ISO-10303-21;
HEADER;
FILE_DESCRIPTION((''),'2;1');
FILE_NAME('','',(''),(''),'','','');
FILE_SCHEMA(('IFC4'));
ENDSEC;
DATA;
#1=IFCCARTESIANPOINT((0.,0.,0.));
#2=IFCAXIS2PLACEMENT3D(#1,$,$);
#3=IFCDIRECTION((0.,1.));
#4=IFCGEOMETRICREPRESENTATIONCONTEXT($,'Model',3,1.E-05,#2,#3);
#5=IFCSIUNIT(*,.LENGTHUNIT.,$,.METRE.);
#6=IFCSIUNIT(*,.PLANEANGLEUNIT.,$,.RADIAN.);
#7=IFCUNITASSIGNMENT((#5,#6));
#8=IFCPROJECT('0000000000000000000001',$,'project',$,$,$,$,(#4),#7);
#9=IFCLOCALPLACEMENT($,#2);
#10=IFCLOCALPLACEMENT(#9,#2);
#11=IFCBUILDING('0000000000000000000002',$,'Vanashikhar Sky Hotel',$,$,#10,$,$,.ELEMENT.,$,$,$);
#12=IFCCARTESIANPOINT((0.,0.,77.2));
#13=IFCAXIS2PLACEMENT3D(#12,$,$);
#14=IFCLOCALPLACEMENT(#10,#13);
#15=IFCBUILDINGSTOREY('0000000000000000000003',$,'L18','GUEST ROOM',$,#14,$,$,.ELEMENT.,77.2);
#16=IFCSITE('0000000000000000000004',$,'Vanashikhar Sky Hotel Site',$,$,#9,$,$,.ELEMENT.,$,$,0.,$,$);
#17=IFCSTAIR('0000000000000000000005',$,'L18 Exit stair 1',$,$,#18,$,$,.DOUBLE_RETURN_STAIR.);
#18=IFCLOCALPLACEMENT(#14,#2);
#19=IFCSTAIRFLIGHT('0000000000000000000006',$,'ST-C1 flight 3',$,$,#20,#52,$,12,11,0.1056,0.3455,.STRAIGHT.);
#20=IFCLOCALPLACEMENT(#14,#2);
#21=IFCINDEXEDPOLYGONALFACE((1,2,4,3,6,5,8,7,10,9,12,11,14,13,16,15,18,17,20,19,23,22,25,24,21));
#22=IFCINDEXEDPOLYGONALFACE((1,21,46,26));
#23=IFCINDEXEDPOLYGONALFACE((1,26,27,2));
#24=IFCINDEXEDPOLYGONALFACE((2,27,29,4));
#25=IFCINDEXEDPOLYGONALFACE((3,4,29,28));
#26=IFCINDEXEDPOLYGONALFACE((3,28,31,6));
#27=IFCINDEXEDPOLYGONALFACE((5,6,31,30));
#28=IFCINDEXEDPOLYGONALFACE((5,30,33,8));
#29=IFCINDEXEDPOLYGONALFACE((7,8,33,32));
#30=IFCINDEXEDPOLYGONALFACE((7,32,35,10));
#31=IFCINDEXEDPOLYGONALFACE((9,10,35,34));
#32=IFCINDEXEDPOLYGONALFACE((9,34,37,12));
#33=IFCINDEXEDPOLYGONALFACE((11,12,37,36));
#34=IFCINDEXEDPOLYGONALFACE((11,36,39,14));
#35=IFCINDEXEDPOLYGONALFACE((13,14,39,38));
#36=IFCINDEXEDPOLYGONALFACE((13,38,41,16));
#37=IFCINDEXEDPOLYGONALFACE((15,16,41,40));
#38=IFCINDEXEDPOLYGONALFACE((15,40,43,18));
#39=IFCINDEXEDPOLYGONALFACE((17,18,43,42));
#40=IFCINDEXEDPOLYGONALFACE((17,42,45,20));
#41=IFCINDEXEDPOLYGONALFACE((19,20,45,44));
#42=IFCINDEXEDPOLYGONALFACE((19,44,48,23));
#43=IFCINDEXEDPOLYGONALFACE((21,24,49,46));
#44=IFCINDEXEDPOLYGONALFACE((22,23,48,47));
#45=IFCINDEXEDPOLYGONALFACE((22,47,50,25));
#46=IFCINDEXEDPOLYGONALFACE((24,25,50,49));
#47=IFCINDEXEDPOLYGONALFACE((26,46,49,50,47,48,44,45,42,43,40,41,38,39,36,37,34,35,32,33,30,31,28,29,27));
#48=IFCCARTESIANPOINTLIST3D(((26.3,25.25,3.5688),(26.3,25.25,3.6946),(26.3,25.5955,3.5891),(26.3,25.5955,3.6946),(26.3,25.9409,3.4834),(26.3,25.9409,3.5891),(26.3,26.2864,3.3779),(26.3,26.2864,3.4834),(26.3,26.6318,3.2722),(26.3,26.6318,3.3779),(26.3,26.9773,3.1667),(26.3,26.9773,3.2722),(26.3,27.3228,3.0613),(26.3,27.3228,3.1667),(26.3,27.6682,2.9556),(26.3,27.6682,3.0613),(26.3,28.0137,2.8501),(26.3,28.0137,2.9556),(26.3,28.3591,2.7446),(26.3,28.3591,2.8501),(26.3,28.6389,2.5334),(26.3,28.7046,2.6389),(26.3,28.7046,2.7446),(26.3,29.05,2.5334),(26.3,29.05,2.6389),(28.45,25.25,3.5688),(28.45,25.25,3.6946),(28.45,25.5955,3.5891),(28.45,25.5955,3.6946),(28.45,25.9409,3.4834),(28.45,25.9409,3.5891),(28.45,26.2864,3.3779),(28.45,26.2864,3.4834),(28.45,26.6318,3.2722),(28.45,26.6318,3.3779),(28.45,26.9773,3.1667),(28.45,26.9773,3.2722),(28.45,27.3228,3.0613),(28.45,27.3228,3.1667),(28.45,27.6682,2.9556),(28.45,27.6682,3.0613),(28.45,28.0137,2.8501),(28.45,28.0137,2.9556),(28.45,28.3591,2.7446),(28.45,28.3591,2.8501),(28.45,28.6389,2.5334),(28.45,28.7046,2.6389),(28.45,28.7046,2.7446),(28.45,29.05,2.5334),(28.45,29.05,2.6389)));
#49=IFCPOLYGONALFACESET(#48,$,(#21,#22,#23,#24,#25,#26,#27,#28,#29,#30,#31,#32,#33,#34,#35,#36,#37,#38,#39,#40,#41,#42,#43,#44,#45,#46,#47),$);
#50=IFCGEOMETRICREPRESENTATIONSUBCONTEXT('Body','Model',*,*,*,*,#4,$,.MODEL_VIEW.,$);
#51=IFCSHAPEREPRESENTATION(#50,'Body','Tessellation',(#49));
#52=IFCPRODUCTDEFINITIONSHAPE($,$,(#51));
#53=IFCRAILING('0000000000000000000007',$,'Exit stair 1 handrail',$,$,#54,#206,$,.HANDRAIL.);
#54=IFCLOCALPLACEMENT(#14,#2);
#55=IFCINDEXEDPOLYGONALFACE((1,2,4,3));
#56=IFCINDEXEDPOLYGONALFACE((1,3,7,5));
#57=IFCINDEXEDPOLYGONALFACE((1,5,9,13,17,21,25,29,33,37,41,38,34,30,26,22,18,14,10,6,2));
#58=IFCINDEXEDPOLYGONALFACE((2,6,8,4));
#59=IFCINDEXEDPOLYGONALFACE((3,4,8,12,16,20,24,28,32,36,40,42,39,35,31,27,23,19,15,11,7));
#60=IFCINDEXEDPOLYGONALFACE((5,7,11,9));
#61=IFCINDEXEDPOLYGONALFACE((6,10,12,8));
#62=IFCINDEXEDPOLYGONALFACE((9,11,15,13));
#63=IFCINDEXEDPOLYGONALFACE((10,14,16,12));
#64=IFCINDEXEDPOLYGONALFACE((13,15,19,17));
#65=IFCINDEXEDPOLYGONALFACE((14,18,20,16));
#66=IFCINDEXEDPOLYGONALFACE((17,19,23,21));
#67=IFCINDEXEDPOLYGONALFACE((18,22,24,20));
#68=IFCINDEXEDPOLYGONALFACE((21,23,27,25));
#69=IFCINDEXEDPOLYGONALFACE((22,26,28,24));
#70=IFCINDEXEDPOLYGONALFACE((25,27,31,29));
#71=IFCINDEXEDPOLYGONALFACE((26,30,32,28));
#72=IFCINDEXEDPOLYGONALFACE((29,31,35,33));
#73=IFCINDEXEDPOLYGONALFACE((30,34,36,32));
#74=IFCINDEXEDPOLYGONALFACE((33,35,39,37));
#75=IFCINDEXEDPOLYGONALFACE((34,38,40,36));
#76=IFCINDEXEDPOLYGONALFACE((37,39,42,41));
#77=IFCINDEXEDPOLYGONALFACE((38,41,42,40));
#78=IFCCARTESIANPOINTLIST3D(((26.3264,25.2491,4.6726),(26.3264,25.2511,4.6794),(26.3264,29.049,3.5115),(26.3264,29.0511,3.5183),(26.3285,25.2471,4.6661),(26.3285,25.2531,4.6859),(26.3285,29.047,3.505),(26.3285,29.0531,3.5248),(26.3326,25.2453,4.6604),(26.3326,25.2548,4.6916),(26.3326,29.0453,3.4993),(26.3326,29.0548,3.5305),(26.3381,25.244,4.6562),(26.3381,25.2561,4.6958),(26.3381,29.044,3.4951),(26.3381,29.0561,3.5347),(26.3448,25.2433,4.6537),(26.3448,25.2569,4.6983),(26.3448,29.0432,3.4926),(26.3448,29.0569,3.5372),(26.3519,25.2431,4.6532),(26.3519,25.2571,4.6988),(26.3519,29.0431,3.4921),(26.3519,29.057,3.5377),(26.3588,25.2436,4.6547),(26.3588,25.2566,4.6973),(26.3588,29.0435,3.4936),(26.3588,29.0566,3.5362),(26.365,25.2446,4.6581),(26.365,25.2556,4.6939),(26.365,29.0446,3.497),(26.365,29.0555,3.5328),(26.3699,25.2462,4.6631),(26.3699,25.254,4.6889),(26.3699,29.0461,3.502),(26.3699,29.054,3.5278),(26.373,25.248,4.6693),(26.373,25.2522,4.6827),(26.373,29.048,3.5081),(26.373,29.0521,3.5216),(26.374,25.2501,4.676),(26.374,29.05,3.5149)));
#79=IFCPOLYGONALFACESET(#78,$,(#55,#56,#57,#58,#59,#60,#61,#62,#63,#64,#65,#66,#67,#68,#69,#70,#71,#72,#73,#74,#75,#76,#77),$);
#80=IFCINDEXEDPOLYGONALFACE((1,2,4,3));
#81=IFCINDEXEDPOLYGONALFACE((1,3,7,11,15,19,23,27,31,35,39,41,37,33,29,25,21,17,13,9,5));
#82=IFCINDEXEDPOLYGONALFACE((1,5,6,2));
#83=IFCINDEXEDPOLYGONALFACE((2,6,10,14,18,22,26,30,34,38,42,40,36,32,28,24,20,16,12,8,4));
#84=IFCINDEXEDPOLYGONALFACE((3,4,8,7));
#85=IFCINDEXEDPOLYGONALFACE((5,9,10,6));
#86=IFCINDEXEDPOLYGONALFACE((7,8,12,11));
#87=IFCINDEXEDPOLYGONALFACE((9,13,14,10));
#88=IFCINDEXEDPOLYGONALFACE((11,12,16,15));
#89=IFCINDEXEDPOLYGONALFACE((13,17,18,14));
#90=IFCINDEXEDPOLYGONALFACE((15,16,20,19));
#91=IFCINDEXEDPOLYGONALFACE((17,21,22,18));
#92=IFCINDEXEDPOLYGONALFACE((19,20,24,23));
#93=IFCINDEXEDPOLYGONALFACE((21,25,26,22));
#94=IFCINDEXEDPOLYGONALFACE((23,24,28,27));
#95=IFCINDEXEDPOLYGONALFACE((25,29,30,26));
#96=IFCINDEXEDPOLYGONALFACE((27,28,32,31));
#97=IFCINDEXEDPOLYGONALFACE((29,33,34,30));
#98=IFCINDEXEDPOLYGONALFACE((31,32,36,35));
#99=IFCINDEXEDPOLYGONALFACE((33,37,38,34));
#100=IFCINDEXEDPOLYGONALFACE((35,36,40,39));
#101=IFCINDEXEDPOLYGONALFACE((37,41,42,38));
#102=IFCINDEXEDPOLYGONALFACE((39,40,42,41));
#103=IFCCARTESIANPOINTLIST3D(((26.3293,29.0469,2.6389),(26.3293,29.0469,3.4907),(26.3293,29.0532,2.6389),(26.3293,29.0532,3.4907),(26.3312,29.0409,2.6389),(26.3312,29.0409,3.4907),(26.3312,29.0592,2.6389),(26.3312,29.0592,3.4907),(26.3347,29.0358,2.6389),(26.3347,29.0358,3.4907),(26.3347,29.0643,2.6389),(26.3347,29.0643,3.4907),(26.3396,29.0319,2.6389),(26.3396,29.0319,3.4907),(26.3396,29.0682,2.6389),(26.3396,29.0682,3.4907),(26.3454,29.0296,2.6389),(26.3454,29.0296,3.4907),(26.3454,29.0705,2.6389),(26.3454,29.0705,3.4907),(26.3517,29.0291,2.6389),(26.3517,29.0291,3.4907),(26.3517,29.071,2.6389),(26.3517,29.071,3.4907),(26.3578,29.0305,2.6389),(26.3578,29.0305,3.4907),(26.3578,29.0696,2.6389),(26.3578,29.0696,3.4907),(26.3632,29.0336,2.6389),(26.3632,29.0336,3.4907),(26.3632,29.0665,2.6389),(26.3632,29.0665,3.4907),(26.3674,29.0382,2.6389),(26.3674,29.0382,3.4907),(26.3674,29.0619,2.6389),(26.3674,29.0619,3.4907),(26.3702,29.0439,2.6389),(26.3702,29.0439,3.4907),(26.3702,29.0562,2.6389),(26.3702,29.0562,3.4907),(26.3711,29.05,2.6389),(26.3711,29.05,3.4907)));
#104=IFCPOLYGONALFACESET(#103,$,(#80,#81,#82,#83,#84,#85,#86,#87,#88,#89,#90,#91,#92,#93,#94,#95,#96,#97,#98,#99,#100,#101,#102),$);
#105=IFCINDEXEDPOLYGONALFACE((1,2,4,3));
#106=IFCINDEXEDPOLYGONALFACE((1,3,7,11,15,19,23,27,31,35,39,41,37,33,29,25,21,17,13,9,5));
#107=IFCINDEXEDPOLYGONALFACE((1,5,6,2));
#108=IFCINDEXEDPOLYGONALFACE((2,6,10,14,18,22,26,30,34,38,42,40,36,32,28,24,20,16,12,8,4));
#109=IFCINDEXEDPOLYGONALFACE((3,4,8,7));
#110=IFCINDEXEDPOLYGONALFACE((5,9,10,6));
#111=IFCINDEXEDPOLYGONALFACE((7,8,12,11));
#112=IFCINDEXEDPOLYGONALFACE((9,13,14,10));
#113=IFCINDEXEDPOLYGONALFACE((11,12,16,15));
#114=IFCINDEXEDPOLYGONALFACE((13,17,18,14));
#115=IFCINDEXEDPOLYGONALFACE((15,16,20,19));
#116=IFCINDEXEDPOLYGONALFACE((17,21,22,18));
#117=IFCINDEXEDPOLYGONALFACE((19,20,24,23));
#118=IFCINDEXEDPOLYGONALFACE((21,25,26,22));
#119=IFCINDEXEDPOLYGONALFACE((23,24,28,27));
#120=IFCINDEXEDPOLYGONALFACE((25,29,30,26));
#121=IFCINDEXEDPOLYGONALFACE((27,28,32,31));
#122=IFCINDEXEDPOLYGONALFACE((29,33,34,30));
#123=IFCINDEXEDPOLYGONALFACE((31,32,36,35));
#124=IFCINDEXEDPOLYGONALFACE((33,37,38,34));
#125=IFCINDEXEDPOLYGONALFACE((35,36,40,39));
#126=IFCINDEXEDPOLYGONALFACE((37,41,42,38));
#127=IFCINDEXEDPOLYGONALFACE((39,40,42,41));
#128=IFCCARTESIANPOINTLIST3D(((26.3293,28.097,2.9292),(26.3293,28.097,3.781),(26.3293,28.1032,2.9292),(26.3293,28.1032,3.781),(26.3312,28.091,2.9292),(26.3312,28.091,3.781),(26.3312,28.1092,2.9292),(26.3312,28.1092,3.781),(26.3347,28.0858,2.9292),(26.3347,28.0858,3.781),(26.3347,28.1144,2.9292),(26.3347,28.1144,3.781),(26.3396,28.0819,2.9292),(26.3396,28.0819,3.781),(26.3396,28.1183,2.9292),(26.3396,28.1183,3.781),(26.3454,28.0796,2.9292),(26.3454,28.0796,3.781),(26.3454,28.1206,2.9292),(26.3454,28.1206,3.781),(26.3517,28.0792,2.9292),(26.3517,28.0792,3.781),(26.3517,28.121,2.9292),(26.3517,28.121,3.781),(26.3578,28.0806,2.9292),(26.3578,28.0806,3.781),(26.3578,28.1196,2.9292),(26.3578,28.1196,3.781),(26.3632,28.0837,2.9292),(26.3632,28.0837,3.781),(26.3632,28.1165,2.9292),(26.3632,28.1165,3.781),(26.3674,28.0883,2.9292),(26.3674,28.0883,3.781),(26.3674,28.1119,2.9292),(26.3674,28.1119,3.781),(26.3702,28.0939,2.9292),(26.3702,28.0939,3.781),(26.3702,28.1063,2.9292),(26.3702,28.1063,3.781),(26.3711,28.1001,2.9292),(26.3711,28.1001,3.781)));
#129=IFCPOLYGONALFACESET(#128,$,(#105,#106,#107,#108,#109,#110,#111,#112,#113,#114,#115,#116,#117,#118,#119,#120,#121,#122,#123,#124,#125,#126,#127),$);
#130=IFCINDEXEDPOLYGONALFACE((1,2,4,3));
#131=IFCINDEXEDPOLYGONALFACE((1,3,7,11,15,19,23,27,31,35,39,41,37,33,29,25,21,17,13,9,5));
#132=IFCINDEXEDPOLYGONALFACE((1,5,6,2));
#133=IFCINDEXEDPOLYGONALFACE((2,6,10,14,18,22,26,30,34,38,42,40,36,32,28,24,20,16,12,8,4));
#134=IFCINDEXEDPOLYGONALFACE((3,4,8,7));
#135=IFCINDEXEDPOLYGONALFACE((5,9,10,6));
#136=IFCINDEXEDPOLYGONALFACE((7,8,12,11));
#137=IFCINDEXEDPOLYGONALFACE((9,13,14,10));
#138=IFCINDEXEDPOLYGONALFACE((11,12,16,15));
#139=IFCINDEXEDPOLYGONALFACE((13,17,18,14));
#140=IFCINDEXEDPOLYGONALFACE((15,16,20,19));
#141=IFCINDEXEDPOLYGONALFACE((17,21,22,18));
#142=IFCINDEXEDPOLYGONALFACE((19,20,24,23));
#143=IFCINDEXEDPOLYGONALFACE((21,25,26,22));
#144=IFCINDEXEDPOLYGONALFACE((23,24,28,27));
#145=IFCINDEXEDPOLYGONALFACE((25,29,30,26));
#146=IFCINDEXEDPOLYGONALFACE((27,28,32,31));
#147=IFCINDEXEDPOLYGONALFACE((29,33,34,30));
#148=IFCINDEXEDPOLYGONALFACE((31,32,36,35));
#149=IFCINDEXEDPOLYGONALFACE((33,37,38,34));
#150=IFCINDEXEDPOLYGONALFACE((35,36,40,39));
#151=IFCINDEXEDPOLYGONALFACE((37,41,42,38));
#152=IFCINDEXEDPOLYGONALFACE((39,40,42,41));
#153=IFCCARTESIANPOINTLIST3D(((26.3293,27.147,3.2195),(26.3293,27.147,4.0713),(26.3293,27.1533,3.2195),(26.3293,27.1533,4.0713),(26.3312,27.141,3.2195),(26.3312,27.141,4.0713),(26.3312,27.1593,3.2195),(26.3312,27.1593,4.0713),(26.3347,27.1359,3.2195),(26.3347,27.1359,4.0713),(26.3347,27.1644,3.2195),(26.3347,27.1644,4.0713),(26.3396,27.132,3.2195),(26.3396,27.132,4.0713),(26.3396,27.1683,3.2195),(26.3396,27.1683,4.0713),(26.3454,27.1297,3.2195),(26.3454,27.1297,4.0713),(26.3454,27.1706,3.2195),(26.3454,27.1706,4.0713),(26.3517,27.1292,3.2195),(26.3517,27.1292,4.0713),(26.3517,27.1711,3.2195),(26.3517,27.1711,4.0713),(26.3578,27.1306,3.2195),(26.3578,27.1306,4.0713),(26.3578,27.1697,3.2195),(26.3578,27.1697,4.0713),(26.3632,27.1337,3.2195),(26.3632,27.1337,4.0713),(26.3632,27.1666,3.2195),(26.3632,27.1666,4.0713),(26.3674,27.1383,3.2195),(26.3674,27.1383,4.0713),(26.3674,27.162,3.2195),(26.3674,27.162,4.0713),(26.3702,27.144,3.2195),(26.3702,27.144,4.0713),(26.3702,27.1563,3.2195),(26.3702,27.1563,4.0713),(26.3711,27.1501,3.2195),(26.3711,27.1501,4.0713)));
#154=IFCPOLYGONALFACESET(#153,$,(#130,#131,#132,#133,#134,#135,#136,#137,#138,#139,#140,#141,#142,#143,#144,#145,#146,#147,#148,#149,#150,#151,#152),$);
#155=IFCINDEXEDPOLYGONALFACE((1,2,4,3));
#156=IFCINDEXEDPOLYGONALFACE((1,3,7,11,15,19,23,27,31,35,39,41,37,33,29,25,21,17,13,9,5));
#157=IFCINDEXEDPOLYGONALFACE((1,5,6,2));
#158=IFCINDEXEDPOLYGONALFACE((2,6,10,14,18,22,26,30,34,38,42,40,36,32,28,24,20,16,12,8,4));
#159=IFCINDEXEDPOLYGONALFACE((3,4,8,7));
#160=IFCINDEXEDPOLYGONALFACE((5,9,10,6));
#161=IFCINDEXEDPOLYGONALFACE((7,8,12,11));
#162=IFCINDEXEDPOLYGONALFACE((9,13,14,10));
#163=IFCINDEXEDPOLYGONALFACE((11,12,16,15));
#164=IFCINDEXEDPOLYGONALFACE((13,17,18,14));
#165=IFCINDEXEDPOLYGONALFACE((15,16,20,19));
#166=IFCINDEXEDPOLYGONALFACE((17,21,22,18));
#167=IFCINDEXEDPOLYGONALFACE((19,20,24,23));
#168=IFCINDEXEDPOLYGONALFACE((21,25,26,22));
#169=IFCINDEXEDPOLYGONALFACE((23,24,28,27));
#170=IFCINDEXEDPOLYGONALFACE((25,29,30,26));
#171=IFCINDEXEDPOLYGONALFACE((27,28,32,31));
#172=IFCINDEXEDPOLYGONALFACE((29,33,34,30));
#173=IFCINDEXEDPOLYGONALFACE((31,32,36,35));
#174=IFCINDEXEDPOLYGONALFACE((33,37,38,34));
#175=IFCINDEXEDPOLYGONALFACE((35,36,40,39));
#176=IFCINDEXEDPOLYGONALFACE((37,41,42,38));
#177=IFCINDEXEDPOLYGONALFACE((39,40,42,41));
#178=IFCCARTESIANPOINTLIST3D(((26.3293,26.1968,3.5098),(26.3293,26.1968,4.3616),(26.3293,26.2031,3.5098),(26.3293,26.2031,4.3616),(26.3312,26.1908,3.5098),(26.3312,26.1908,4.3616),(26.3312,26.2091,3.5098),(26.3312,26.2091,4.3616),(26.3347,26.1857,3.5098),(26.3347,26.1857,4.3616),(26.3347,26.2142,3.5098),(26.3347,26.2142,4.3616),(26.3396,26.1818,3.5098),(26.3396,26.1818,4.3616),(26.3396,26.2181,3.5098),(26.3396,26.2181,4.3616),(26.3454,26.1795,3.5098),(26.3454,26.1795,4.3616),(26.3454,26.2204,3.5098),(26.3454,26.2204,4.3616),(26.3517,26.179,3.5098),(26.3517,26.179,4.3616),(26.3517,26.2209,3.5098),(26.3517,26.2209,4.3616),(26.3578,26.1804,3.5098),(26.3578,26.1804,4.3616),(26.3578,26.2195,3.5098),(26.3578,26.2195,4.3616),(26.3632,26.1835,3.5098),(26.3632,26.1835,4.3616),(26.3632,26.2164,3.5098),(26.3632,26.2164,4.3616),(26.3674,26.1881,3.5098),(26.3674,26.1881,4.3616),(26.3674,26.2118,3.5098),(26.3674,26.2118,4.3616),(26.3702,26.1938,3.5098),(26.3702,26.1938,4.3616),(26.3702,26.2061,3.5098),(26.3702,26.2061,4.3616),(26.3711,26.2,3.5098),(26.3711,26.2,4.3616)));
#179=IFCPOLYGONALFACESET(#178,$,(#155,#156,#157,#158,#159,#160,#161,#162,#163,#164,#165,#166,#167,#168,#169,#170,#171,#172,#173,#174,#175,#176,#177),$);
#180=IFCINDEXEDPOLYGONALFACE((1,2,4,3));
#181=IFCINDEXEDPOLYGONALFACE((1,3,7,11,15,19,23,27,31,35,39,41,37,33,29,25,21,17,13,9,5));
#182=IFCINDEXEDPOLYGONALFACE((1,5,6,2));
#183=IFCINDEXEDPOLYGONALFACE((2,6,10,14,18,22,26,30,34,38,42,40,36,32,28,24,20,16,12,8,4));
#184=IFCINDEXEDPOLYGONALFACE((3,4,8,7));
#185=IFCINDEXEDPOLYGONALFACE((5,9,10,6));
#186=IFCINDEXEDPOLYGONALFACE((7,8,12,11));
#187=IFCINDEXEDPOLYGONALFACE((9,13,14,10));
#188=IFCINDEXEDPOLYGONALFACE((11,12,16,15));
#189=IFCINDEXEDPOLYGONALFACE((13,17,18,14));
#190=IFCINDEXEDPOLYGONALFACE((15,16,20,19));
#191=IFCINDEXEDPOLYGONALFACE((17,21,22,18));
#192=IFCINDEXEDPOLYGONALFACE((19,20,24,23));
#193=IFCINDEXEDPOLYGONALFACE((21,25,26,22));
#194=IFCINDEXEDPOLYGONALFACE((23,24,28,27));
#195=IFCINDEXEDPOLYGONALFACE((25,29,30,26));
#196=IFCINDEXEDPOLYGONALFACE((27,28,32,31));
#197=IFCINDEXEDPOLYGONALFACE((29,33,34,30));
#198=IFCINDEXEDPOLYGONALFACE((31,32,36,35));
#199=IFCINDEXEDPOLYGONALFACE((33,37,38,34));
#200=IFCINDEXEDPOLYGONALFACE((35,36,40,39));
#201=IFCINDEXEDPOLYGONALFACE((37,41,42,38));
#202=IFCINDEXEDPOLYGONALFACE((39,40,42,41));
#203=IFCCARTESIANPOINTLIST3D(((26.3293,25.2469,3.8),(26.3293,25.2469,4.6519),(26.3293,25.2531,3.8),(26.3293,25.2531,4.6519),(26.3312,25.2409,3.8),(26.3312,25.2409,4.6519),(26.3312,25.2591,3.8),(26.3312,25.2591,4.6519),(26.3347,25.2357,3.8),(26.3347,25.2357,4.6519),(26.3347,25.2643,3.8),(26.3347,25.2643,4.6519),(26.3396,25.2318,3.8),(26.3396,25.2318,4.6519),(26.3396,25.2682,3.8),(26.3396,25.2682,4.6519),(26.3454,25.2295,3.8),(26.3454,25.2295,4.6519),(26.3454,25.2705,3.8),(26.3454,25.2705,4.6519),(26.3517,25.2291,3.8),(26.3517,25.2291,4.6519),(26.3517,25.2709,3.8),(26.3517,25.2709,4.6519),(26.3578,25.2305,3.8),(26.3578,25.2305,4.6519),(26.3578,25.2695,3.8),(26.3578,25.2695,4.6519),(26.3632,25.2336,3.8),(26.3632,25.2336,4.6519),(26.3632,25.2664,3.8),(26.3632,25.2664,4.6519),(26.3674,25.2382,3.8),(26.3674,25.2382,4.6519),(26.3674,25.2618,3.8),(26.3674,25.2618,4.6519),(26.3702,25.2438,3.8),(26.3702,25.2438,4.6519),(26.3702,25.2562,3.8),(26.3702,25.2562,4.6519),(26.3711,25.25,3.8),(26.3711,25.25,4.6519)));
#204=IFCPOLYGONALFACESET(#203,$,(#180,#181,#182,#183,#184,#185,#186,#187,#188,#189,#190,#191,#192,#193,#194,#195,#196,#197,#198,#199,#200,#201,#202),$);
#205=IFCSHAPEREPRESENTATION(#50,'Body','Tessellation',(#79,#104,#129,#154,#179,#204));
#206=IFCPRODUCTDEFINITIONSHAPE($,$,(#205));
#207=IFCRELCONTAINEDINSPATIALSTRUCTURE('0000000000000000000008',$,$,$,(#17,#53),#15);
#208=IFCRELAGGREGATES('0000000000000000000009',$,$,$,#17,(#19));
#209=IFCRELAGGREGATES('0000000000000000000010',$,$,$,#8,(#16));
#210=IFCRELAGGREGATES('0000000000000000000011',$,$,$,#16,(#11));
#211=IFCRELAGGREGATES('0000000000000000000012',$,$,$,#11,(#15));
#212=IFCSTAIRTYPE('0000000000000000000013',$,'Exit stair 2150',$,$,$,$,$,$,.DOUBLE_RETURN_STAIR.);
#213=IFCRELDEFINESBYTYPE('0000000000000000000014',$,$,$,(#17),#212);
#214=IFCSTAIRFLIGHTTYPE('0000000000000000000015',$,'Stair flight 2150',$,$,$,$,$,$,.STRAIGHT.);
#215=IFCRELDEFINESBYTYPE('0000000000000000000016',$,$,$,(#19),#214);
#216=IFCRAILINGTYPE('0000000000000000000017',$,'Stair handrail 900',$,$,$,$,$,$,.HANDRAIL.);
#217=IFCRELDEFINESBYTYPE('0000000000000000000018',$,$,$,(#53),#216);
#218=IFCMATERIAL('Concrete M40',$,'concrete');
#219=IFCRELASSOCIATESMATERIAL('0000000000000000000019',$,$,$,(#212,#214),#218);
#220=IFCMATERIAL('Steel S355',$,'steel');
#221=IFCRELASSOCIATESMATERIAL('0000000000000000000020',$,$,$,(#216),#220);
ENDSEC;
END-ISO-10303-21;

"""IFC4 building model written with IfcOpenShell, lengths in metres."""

from ifc_helpers import new_model, si_unit, direction, frame, origin, origin_2d, place, context, subcontext, project, spatial, polyline, circle, outline, extrude, source, transform, mapped, material, type_object, element, aggregate, save


model = new_model("IFC4")

# Units and contexts
model_context = context("Model", 3, precision=1e-05, world=origin(), true_north=direction((0.0, 1.0)))
body_context = subcontext(model_context, "Body", "Model", "MODEL_VIEW")
ifc_project = project(units=[si_unit("LENGTHUNIT", "METRE"), si_unit("PLANEANGLEUNIT", "RADIAN")], contexts=[model_context])

# Site, building, storey
site_placement = place(None, origin())
site = spatial("IfcSite", under=ifc_project, at=site_placement, Name="Vanashikhar Sky Hotel Site", CompositionType="ELEMENT", RefElevation=0.0)
building_placement = place(site_placement, origin())
building = spatial("IfcBuilding", under=site, at=building_placement, Name="Vanashikhar Sky Hotel", CompositionType="ELEMENT")
storey_placement = place(building_placement, frame((0.0, 0.0, 77.2)))
storey = spatial("IfcBuildingStorey", under=building, at=storey_placement, Name="L18", Description="GUEST ROOM", CompositionType="ELEMENT", Elevation=77.2)

# Stair, stair flight
ifc_material_1 = material(Name="Concrete M40", Category="concrete")
stair_type = type_object("IfcStairType", Name="Exit stair 2150", PredefinedType="DOUBLE_RETURN_STAIR", material=ifc_material_1)
stair_placement = place(storey_placement, origin())
stair = element("IfcStair", 1, at=stair_placement, inside=storey, type_object=stair_type, Name="L18 Exit stair 1", PredefinedType="DOUBLE_RETURN_STAIR")
stair_flight_type = type_object("IfcStairFlightType", Name="Stair flight 2150", PredefinedType="STRAIGHT", material=ifc_material_1)
shared_shape_1 = source(origin(), body_context, "Body", "SweptSolid", [
    extrude(outline(polyline([(0.0, 0.0), (0.0, 0.1055), (0.3455, 0.1055), (0.3455, 0.2112), (0.6909, 0.2112), (0.6909, 0.3167), (1.0364, 0.3167), (1.0364, 0.4221), (1.3818, 0.4221), (1.3818, 0.5278), (1.7273, 0.5278), (1.7273, 0.6333), (2.0728, 0.6333), (2.0728, 0.7388), (2.4182, 0.7388), (2.4182, 0.8445), (2.7637, 0.8445), (2.7637, 0.95), (3.1091, 0.95), (3.1091, 1.0557), (3.4546, 1.0557), (3.4546, 1.1611), (3.8, 1.1611), (3.8, 1.2666), (3.8, 1.0354), (0.4111, 0.0), (0.0, 0.0)])), frame((0.0, 1.075, 0.0), z_axis=(0.0, -1.0, 0.0), x_axis=(1.0, 0.0, 0.0)), (0.0, 0.0, 1.0), 2.1499),
])
stair_flight_1_placement = place(storey_placement, frame((27.375, 29.05, 2.5334), z_axis=(0.0, 0.0, 1.0), x_axis=(0.0, -1.0, 0.0)))
stair_flight_1 = element("IfcStairFlight", 2, at=stair_flight_1_placement, type_object=stair_flight_type, Name="ST-C1 flight 3", NumberOfRisers=12, NumberOfTreads=11, PredefinedType="STRAIGHT", RiserHeight=0.1056, TreadLength=0.3455, context=body_context, shape_type="MappedRepresentation", body=[
    mapped(shared_shape_1, transform((0.0, 0.0, 0.0), scale=1.0)),
])
aggregate(stair, [stair_flight_1])

# Railing
ifc_material_2 = material(Name="Steel S355", Category="steel")
railing_type_1 = type_object("IfcRailingType", Name="Stair handrail 900", PredefinedType="HANDRAIL", material=ifc_material_2)
shared_shape_2 = source(origin(), body_context, "Body", "SweptSolid", [
    extrude(circle(Radius=0.0239, at=origin_2d()), frame((0.0, 0.0, 0.876), z_axis=(0.0, -0.956351, 0.29222), x_axis=(1.0, 0.0, 0.0)), (0.0, 0.0, 1.0), 3.9734),
    extrude(circle(Radius=0.021, at=origin_2d()), origin(), (0.0, 0.0, 1.0), 0.8518),
    extrude(circle(Radius=0.021, at=origin_2d()), frame((0.0, -0.95, 0.2903)), (0.0, 0.0, 1.0), 0.8518),
    extrude(circle(Radius=0.021, at=origin_2d()), frame((0.0, -1.8999, 0.5806)), (0.0, 0.0, 1.0), 0.8518),
    extrude(circle(Radius=0.021, at=origin_2d()), frame((0.0, -2.8501, 0.8708)), (0.0, 0.0, 1.0), 0.8518),
    extrude(circle(Radius=0.021, at=origin_2d()), frame((0.0, -3.8, 1.1611)), (0.0, 0.0, 1.0), 0.8518),
])
railing_1_placement = place(storey_placement, frame((26.3501, 29.05, 2.6389)))
element("IfcRailing", 3, at=railing_1_placement, inside=storey, type_object=railing_type_1, Name="Exit stair 1 handrail", PredefinedType="HANDRAIL", context=body_context, shape_type="MappedRepresentation", body=[
    mapped(shared_shape_2, transform((0.0, 0.0, 0.0), scale=1.0)),
])

save(model, "model.ifc")
